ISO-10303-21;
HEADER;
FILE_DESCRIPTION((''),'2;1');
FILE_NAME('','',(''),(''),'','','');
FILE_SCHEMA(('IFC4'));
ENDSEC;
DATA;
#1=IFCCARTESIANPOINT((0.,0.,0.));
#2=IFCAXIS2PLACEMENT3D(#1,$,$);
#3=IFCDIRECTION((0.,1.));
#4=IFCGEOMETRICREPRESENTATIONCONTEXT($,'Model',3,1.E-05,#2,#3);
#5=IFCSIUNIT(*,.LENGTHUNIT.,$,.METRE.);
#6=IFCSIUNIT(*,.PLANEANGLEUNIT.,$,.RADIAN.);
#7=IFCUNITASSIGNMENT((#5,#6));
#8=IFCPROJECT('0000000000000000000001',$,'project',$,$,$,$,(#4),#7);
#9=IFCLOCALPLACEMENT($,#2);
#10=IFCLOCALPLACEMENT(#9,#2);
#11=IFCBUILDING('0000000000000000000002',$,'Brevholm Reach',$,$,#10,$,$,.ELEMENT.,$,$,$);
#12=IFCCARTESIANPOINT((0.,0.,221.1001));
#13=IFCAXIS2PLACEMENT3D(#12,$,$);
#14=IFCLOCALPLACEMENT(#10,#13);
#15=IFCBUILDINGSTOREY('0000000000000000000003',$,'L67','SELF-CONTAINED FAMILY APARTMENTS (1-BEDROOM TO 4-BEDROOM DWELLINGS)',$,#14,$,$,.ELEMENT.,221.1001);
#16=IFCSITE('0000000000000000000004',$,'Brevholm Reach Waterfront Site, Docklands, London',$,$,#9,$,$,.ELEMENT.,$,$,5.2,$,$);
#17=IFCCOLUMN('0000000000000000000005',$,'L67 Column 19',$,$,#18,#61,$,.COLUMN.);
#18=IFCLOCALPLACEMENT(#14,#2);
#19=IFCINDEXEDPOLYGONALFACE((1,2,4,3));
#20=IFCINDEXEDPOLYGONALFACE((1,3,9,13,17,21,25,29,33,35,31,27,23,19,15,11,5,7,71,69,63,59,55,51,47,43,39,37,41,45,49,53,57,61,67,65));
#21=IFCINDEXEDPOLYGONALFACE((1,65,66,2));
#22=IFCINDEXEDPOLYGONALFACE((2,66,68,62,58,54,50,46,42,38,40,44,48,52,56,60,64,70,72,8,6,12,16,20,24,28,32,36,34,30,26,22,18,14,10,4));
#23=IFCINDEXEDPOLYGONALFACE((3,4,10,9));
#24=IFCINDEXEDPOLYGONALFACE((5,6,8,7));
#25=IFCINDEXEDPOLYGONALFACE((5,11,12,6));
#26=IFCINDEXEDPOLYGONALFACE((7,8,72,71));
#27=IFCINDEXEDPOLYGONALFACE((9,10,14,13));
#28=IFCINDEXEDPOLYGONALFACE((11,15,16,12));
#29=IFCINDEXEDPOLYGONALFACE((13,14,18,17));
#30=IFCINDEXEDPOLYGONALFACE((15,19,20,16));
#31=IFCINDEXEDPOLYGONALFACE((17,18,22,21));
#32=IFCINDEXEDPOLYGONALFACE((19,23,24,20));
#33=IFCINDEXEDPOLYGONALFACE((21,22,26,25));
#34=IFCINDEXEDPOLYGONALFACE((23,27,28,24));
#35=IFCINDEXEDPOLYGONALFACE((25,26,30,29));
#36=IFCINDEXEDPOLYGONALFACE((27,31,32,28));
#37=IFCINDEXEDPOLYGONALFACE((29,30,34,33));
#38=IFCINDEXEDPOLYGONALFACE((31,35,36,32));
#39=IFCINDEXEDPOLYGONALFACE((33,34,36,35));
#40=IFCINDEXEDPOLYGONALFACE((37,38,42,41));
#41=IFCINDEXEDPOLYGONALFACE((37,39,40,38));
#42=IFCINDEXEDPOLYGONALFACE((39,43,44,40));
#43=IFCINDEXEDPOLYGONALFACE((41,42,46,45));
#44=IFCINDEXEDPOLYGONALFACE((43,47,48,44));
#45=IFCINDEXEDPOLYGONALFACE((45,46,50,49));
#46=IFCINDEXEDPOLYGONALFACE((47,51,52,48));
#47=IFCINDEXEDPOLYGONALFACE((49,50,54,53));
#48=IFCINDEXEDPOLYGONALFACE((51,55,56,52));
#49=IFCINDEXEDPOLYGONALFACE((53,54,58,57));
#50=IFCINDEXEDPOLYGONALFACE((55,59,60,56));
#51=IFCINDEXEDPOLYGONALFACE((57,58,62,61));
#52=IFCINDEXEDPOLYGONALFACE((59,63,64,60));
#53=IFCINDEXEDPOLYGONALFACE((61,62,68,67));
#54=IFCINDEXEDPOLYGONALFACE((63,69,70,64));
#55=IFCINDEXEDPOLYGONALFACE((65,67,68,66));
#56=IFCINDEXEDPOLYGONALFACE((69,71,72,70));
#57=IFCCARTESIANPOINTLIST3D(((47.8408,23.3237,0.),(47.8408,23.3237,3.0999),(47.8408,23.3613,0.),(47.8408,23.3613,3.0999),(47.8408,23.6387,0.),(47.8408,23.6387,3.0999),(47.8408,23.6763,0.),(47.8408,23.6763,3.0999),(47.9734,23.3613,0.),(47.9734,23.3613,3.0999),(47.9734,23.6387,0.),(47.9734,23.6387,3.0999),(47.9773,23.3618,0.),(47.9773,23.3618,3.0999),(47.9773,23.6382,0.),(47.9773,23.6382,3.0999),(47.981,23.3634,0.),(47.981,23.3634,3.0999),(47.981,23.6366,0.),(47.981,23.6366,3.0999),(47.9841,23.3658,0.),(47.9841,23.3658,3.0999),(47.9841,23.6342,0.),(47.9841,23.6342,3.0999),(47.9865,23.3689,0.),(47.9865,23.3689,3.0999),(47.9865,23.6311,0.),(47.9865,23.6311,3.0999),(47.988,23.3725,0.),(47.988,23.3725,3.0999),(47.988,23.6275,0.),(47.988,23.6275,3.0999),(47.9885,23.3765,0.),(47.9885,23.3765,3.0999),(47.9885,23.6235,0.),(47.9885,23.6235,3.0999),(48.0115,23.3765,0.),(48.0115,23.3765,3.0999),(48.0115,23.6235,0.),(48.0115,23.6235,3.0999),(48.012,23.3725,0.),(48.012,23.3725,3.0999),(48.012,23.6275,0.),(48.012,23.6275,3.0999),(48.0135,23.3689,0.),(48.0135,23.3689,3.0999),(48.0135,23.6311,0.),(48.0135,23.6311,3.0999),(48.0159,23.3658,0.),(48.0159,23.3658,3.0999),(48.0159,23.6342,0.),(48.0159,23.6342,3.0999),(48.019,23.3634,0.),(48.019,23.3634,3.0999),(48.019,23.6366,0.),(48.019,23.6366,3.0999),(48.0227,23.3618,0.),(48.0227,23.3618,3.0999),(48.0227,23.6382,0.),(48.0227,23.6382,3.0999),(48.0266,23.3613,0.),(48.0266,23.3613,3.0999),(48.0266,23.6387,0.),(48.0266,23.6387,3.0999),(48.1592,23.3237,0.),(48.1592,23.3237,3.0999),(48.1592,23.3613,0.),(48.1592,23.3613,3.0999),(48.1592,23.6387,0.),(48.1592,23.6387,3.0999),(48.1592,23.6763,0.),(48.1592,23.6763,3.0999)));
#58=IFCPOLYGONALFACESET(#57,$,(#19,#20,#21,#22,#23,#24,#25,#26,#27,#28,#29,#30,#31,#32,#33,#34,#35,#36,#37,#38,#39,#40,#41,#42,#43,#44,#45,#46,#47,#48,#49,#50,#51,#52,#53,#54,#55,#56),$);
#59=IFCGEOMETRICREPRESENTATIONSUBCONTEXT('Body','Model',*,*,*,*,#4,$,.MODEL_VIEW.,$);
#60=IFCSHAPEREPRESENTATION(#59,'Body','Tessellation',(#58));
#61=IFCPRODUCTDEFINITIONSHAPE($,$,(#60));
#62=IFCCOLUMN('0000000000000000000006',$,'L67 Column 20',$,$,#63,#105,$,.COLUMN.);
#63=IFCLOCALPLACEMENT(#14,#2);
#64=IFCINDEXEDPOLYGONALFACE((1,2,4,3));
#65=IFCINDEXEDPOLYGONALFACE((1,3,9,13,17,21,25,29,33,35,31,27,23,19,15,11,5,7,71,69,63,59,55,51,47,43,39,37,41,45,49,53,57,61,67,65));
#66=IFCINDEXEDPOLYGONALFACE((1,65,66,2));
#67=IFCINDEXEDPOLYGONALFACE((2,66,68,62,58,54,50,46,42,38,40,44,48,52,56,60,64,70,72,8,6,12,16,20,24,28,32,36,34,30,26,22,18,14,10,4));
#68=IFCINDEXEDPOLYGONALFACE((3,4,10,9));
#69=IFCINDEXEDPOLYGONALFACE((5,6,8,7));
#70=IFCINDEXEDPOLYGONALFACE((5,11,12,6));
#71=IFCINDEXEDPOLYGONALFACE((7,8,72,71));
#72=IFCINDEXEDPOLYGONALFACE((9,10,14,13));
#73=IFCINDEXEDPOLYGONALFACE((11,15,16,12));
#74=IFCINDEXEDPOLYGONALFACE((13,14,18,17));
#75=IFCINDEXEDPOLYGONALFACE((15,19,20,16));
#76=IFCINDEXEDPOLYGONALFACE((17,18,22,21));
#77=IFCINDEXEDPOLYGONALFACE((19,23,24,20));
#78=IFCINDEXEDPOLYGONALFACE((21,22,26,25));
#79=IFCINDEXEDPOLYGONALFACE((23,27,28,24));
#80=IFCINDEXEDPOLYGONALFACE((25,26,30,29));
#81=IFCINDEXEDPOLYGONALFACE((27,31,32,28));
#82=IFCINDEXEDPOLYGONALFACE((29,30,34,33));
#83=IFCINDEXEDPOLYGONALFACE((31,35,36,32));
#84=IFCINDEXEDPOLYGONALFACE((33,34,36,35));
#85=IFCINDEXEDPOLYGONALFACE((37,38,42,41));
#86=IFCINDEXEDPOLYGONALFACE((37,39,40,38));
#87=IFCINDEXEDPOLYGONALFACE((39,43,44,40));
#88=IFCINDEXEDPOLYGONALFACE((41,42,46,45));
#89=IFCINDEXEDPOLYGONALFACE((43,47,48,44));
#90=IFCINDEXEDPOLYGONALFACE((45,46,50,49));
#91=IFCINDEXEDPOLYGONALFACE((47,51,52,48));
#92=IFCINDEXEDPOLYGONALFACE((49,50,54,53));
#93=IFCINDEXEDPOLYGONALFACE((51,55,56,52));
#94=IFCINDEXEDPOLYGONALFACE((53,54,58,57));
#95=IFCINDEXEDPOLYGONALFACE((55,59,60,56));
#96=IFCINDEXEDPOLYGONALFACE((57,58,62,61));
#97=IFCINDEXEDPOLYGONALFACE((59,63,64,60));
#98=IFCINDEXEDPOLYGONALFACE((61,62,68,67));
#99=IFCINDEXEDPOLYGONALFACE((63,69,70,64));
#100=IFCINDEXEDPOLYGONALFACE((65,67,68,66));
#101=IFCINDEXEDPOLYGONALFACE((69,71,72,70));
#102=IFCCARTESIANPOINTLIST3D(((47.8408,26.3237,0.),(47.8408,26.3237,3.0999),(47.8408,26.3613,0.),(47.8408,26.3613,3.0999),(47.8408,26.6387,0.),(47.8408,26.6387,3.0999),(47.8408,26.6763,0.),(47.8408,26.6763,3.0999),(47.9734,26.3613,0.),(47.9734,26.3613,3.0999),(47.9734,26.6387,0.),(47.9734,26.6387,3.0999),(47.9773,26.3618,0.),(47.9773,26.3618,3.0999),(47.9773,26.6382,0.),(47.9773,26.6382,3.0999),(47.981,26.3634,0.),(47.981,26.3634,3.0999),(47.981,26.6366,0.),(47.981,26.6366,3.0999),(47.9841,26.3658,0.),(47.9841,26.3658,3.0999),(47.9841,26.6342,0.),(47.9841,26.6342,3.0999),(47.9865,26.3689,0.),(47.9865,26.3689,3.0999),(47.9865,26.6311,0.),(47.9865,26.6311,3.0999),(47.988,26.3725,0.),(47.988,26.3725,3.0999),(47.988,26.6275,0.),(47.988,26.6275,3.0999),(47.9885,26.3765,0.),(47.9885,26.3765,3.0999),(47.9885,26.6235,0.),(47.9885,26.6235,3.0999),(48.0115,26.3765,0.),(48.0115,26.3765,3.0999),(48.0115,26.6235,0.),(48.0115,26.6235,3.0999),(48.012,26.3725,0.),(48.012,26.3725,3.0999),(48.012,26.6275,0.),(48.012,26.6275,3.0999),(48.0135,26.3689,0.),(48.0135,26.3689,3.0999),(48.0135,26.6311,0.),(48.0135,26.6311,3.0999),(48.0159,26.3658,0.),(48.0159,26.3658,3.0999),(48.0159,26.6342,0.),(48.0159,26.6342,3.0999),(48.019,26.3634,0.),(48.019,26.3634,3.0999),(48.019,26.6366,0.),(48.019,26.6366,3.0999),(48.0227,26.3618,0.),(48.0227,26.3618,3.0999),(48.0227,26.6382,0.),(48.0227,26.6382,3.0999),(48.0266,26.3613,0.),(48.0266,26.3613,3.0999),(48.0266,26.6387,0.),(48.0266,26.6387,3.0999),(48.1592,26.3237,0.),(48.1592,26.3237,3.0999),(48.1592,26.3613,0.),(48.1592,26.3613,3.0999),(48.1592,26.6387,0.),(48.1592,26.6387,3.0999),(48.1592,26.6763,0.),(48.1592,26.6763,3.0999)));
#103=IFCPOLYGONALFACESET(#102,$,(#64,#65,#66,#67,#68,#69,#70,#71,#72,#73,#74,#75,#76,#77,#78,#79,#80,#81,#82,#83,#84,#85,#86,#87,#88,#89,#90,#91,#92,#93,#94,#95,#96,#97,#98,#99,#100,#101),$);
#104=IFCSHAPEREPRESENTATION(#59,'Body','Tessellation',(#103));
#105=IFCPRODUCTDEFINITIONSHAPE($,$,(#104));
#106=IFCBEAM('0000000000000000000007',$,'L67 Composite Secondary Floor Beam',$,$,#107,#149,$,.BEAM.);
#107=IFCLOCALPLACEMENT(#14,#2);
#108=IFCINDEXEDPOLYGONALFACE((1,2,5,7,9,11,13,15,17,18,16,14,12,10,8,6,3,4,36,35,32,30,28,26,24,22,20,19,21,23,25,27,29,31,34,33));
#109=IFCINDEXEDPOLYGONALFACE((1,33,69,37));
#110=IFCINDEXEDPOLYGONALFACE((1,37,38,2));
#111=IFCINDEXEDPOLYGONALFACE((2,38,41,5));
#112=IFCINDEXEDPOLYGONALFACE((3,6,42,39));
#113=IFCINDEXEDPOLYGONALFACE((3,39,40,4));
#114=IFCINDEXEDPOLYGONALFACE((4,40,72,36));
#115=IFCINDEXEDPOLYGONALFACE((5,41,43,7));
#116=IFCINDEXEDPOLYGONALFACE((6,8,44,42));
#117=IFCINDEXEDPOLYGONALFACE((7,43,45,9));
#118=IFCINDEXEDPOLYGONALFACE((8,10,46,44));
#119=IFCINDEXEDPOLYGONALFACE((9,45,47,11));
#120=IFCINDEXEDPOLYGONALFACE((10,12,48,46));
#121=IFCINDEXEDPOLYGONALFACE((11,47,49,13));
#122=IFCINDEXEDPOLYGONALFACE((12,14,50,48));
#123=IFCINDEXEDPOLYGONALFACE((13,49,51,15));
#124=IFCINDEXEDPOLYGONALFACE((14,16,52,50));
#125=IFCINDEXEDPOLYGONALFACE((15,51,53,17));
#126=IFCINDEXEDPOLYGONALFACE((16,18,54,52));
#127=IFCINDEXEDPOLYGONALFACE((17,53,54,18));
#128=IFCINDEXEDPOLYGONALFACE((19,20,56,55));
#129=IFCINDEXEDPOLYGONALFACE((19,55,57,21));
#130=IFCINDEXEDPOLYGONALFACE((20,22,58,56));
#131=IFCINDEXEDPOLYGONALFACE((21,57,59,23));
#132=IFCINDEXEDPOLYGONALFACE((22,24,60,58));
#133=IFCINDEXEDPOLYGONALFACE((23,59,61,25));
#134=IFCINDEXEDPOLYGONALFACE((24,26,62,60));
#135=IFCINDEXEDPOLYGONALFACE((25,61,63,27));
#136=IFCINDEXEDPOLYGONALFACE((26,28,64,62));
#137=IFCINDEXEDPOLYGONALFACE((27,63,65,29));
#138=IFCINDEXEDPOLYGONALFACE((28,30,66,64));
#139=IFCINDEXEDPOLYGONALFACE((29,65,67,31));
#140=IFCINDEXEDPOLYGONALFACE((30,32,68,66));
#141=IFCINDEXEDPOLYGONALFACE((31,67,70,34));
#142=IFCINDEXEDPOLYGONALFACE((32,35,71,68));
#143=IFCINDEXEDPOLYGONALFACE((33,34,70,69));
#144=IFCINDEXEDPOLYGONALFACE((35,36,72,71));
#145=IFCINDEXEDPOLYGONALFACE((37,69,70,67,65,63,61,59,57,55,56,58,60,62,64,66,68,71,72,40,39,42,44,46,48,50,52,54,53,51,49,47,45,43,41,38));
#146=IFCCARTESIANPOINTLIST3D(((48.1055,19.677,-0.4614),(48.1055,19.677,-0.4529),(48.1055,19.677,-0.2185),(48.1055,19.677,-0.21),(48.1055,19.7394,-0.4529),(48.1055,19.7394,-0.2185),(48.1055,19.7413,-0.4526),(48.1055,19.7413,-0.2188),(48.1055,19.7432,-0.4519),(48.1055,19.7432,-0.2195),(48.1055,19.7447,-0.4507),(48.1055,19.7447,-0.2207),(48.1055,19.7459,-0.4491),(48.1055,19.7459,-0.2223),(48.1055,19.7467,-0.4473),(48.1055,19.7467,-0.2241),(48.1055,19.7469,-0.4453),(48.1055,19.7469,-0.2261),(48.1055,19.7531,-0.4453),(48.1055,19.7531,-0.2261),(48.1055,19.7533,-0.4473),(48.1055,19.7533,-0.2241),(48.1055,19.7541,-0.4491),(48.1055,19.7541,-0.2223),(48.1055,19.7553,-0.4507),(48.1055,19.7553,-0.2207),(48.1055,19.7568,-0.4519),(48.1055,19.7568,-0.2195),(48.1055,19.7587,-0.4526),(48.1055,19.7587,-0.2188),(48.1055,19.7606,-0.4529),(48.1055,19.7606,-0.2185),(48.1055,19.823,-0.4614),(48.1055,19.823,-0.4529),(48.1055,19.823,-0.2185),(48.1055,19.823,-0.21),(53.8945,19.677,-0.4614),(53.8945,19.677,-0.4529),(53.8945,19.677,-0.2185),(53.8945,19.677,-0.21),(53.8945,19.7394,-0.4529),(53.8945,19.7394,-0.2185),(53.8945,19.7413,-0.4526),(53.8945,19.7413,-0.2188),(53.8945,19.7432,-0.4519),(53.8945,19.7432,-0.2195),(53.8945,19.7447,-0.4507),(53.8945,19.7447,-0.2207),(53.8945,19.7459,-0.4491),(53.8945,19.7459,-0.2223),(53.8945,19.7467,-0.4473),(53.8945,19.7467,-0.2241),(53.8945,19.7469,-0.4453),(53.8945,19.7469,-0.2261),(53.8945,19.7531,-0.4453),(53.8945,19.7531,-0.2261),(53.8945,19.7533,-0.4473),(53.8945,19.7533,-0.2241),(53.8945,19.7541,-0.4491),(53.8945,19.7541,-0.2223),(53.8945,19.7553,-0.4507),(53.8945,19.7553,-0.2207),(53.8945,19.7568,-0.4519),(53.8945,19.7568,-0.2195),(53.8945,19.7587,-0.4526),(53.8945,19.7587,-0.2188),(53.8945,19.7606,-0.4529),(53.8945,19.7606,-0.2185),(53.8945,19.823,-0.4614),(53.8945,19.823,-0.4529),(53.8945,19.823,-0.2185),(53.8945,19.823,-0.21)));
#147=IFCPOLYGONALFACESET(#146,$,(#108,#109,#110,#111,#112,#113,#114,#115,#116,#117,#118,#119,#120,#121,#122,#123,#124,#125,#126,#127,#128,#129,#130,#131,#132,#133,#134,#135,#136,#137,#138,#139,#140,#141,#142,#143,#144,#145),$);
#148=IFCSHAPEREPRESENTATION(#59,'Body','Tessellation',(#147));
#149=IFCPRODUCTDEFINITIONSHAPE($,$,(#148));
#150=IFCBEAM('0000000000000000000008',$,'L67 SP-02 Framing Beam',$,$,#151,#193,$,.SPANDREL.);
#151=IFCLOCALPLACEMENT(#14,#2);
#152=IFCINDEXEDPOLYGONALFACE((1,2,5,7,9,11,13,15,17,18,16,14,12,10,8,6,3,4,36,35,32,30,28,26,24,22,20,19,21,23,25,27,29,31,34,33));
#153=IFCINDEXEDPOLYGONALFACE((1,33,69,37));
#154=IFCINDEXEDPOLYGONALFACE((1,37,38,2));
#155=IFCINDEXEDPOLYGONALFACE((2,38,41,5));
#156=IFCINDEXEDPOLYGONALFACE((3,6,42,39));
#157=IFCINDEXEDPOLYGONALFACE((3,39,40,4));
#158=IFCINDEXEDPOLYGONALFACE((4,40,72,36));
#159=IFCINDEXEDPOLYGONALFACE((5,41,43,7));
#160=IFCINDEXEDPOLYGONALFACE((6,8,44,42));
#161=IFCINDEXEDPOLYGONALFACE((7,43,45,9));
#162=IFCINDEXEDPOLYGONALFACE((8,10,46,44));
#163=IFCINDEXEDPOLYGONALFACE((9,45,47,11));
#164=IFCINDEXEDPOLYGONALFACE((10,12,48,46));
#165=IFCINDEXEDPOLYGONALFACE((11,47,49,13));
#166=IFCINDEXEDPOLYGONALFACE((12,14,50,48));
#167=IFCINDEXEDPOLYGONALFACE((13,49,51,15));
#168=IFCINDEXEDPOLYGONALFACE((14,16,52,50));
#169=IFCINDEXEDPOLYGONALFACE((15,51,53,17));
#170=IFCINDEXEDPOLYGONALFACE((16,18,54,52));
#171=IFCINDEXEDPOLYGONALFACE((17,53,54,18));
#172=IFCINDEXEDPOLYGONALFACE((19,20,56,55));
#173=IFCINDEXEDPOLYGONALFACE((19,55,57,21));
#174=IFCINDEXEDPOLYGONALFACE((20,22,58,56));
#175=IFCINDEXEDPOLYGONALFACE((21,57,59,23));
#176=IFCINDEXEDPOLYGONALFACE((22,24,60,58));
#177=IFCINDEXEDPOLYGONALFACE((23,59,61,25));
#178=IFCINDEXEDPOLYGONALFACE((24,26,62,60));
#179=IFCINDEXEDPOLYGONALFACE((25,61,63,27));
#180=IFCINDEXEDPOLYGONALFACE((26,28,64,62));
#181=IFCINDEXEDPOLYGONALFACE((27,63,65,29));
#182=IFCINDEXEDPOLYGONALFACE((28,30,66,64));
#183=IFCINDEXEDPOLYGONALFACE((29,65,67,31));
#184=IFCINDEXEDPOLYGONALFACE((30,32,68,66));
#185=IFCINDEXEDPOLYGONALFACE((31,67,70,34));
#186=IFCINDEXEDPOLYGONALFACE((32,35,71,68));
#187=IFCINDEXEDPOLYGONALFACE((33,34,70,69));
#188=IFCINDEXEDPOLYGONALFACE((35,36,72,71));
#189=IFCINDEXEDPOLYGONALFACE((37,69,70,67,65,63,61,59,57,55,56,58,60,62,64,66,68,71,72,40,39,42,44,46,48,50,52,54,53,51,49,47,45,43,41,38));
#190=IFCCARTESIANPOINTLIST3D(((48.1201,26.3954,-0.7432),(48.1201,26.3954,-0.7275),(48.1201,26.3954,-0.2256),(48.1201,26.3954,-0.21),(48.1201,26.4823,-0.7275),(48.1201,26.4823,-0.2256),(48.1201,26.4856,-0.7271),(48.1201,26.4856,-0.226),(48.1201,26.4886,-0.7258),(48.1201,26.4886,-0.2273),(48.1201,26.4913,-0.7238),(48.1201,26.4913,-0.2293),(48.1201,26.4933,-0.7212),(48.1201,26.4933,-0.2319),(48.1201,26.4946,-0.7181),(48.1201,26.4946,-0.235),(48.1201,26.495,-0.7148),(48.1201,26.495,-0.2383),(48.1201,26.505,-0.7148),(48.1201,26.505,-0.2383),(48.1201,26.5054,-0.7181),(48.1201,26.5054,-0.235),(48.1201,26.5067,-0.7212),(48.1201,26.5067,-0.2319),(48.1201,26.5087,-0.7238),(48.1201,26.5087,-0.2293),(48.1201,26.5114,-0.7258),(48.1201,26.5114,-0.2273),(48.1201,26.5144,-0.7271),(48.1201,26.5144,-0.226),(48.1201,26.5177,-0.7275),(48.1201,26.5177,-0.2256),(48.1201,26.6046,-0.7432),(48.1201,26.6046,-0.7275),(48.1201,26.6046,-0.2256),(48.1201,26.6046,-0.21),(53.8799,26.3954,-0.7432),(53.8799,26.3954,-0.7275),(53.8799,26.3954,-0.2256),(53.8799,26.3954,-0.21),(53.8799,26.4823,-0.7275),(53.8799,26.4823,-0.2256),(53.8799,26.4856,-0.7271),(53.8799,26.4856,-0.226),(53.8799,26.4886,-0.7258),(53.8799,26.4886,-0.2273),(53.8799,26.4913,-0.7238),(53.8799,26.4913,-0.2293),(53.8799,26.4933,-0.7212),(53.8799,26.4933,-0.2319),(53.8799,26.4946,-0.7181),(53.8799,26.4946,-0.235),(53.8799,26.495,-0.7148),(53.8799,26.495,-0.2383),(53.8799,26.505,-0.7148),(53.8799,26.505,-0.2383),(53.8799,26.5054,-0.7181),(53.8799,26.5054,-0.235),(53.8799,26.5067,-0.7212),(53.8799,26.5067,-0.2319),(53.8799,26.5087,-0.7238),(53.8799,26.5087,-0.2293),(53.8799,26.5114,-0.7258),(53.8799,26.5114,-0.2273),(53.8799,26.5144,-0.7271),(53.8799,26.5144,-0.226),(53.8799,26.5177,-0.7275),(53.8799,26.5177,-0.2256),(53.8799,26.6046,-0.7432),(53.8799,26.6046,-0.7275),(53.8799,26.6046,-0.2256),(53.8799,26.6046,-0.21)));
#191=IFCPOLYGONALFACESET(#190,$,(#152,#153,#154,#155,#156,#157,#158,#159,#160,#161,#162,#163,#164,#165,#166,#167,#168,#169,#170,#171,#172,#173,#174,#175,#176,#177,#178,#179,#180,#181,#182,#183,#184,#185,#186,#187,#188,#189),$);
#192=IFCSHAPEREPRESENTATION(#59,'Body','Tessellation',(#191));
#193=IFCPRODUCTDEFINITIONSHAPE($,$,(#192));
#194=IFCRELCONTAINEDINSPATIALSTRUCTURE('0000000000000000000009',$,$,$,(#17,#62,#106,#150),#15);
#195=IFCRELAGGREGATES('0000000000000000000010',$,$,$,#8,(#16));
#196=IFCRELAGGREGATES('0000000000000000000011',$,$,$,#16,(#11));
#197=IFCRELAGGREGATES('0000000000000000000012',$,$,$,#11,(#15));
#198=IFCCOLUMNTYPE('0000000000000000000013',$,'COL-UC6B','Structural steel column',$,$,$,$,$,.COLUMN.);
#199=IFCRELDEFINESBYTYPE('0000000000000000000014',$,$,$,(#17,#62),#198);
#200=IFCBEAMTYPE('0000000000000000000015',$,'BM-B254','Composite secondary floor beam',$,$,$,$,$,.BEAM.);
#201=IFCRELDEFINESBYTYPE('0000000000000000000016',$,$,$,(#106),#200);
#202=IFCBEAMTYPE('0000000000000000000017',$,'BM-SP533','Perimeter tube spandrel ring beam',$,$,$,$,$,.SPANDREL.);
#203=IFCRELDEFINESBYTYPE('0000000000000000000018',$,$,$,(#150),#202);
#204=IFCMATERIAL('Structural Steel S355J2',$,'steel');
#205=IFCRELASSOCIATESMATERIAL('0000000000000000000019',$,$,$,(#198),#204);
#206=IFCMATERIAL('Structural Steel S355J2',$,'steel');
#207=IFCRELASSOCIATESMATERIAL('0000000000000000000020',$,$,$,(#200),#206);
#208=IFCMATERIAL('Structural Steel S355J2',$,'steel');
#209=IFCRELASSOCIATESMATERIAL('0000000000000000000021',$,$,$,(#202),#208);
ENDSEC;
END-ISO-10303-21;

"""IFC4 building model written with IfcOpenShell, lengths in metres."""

from ifc_helpers import new_model, si_unit, direction, frame, origin, origin_2d, place, context, subcontext, project, spatial, i_section, extrude, material, material_profile, profile_set, type_object, element, save


model = new_model("IFC4")

# Units and contexts
model_context = context("Model", 3, precision=1e-05, world=origin(), true_north=direction((0.0, 1.0)))
body_context = subcontext(model_context, "Body", "Model", "MODEL_VIEW")
ifc_project = project(units=[si_unit("LENGTHUNIT", "METRE"), si_unit("PLANEANGLEUNIT", "RADIAN")], contexts=[model_context])

# Site, building, storey
site_placement = place(None, origin())
site = spatial("IfcSite", under=ifc_project, at=site_placement, Name="Brevholm Reach Waterfront Site, Docklands, London", CompositionType="ELEMENT", RefElevation=5.2)
building_placement = place(site_placement, origin())
building = spatial("IfcBuilding", under=site, at=building_placement, Name="Brevholm Reach", CompositionType="ELEMENT")
storey_placement = place(building_placement, frame((0.0, 0.0, 221.1001)))
storey = spatial("IfcBuildingStorey", under=building, at=storey_placement, Name="L67", Description="SELF-CONTAINED FAMILY APARTMENTS (1-BEDROOM TO 4-BEDROOM DWELLINGS)", CompositionType="ELEMENT", Elevation=221.1001)

# Columns
ifc_material_1 = material(Name="Structural Steel S355J2", Category="steel")
ifc_material_profile_1 = material_profile(ifc_material_1, i_section(OverallWidth=0.3184, OverallDepth=0.3525, WebThickness=0.0229, FlangeThickness=0.0376, FilletRadius=0.0151, at=origin_2d()), Name="UKC 305x305x240")
ifc_profile_set_1 = profile_set([ifc_material_profile_1], Name="Structural Steel S355J2")
column_type = type_object("IfcColumnType", Name="COL-UC6B", Description="Structural steel column", PredefinedType="COLUMN", material=ifc_profile_set_1)
for number, where, z_axis, x_axis, name in (
    (1, (48.0, 23.5, 0.0), (0.0, 0.0, 1.0), (1.0, 0.0, 0.0), "L67 Column 19"),
    (2, (48.0, 26.5, 0.0), (0.0, 0.0, 1.0), (1.0, 0.0, 0.0), "L67 Column 20"),
):
    element("IfcColumn", number, at=place(storey_placement, frame(where, z_axis=z_axis, x_axis=x_axis)), inside=storey, type_object=column_type, Name=name, PredefinedType="COLUMN", context=body_context, shape_type="SweptSolid", body=[
        extrude(i_section(OverallWidth=0.3184, OverallDepth=0.3525, WebThickness=0.0229, FlangeThickness=0.0376, FilletRadius=0.0151, at=origin_2d()), origin(), (0.0, 0.0, 1.0), 3.0999),
    ])

# Beams
ifc_material_2 = material(Name="Structural Steel S355J2", Category="steel")
ifc_material_profile_2 = material_profile(ifc_material_2, i_section(OverallWidth=0.146, OverallDepth=0.2515, WebThickness=0.0061, FlangeThickness=0.0085, FilletRadius=0.0076, at=origin_2d()), Name="UKB 254x146x31")
ifc_profile_set_2 = profile_set([ifc_material_profile_2], Name="Structural Steel S355J2")
beam_type_1 = type_object("IfcBeamType", Name="BM-B254", Description="Composite secondary floor beam", PredefinedType="BEAM", material=ifc_profile_set_2)
beam_1_placement = place(storey_placement, frame((48.1055, 19.75, -0.3357), z_axis=(1.0, 0.0, 0.0), x_axis=(0.0, 1.0, 0.0)))
element("IfcBeam", 3, at=beam_1_placement, inside=storey, type_object=beam_type_1, Name="L67 Composite Secondary Floor Beam", PredefinedType="BEAM", context=body_context, shape_type="SweptSolid", body=[
    extrude(i_section(OverallWidth=0.146, OverallDepth=0.2515, WebThickness=0.0061, FlangeThickness=0.0085, FilletRadius=0.0076, at=origin_2d()), origin(), (0.0, 0.0, 1.0), 5.7891),
])
ifc_material_3 = material(Name="Structural Steel S355J2", Category="steel")
ifc_material_profile_3 = material_profile(ifc_material_3, i_section(OverallWidth=0.2092, OverallDepth=0.5332, WebThickness=0.01, FlangeThickness=0.0156, FilletRadius=0.0127, at=origin_2d()), Name="UKB 533x210x92")
ifc_profile_set_3 = profile_set([ifc_material_profile_3], Name="Structural Steel S355J2")
beam_type_2 = type_object("IfcBeamType", Name="BM-SP533", Description="Perimeter tube spandrel ring beam", PredefinedType="SPANDREL", material=ifc_profile_set_3)
beam_2_placement = place(storey_placement, frame((48.1201, 26.5, -0.4766), z_axis=(1.0, 0.0, 0.0), x_axis=(0.0, 1.0, 0.0)))
element("IfcBeam", 4, at=beam_2_placement, inside=storey, type_object=beam_type_2, Name="L67 SP-02 Framing Beam", PredefinedType="SPANDREL", context=body_context, shape_type="SweptSolid", body=[
    extrude(i_section(OverallWidth=0.2092, OverallDepth=0.5332, WebThickness=0.01, FlangeThickness=0.0156, FilletRadius=0.0127, at=origin_2d()), origin(), (0.0, 0.0, 1.0), 5.7598),
])

save(model, "model.ifc")
